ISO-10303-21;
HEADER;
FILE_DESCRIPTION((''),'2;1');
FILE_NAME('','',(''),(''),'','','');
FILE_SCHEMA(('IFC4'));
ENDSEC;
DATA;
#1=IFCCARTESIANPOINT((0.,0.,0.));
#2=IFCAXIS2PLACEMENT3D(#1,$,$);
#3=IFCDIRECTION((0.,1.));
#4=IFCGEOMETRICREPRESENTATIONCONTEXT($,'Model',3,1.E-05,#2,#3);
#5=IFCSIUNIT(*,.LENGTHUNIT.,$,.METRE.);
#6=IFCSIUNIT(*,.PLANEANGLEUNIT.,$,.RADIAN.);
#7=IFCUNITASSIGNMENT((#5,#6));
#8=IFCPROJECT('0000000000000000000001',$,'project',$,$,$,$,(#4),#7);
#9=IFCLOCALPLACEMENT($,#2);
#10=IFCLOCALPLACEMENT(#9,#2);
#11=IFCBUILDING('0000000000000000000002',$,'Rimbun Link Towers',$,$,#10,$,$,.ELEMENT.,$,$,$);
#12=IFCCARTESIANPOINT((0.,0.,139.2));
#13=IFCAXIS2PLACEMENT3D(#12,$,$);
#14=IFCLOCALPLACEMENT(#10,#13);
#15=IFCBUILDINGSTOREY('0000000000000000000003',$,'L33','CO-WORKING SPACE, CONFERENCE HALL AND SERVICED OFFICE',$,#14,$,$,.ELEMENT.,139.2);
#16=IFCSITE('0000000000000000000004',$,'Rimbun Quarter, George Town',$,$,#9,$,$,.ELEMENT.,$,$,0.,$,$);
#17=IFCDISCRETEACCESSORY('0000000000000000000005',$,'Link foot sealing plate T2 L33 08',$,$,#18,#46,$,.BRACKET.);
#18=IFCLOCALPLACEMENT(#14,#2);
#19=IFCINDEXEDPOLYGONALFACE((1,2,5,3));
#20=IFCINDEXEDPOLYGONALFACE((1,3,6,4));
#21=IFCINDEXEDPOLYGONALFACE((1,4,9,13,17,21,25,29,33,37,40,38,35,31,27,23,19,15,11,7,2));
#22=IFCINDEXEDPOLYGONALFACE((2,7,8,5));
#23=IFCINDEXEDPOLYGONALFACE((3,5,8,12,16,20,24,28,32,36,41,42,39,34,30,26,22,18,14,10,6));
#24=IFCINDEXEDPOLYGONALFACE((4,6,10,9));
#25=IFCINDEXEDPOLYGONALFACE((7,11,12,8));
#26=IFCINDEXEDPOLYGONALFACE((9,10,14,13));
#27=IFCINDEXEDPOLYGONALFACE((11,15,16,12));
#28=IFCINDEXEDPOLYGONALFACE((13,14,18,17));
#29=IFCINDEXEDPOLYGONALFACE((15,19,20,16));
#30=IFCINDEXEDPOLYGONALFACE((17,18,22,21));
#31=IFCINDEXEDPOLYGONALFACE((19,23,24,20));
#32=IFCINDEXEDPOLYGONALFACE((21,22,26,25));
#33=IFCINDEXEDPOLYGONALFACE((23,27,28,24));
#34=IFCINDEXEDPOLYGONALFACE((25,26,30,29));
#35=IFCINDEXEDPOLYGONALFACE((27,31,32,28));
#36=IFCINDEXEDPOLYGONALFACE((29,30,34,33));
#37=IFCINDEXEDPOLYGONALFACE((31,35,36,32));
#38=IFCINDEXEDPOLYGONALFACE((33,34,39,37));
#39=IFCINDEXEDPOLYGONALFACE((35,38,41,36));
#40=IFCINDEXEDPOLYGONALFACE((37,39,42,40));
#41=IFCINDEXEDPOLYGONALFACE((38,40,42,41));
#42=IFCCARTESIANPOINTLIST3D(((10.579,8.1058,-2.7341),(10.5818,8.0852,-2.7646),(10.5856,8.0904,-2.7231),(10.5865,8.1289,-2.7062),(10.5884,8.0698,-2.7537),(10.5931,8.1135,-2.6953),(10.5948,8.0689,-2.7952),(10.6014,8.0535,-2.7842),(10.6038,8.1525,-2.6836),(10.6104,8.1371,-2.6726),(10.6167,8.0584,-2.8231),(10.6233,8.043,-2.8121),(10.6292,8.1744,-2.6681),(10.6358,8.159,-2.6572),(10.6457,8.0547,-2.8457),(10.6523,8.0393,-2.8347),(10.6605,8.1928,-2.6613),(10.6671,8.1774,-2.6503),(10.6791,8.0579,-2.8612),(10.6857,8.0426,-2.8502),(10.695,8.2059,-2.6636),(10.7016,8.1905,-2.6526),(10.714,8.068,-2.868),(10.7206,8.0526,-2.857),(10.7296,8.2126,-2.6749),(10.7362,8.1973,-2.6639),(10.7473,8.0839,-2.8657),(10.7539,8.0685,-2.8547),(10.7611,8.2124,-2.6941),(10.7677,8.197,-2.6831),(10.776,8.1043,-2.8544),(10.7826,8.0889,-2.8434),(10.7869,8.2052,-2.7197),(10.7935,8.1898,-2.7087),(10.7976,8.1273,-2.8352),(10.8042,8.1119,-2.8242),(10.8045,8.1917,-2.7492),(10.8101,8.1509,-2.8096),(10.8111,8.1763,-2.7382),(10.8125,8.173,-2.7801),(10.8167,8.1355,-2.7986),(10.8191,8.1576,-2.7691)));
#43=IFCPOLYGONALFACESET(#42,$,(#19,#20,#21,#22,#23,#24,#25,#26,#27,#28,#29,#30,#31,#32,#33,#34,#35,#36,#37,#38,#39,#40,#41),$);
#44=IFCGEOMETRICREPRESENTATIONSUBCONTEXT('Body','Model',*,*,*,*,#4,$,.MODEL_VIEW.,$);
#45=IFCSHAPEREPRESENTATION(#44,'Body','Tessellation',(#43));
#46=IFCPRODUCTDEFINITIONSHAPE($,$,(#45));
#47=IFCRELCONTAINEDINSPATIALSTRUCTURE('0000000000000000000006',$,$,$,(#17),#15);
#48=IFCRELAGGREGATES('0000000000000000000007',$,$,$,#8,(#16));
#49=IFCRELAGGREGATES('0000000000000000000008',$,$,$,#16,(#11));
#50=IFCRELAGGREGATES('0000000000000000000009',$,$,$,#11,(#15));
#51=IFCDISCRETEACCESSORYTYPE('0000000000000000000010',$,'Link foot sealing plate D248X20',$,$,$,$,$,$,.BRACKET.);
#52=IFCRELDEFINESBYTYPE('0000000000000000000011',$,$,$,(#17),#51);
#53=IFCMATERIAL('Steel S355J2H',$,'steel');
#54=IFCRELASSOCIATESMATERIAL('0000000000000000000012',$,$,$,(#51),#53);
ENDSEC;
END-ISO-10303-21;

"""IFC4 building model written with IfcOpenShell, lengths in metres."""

from ifc_helpers import new_model, si_unit, direction, frame, origin, origin_2d, place, context, subcontext, project, spatial, circle, extrude, material, material_profile, profile_set, type_object, element, save


model = new_model("IFC4")

# Units and contexts
model_context = context("Model", 3, precision=1e-05, world=origin(), true_north=direction((0.0, 1.0)))
body_context = subcontext(model_context, "Body", "Model", "MODEL_VIEW")
ifc_project = project(units=[si_unit("LENGTHUNIT", "METRE"), si_unit("PLANEANGLEUNIT", "RADIAN")], contexts=[model_context])

# Site, building, storey
site_placement = place(None, origin())
site = spatial("IfcSite", under=ifc_project, at=site_placement, Name="Rimbun Quarter, George Town", CompositionType="ELEMENT", RefElevation=0.0)
building_placement = place(site_placement, origin())
building = spatial("IfcBuilding", under=site, at=building_placement, Name="Rimbun Link Towers", CompositionType="ELEMENT")
storey_placement = place(building_placement, frame((0.0, 0.0, 139.2)))
storey = spatial("IfcBuildingStorey", under=building, at=storey_placement, Name="L33", Description="CO-WORKING SPACE, CONFERENCE HALL AND SERVICED OFFICE", CompositionType="ELEMENT", Elevation=139.2)

# Discrete accessory
ifc_material_1 = material(Name="Steel S355J2H", Category="steel")
ifc_material_profile_1 = material_profile(ifc_material_1, circle(Radius=0.124, at=origin_2d()), Name="PL D248")
ifc_profile_set_1 = profile_set([ifc_material_profile_1], Name="Steel S355J2H")
discrete_accessory_type = type_object("IfcDiscreteAccessoryType", Name="Link foot sealing plate D248X20", PredefinedType="BRACKET", material=ifc_profile_set_1)
discrete_accessory_placement = place(storey_placement, frame((10.7024, 8.1187, -2.7537), z_axis=(-0.329293, 0.76835, -0.548821), x_axis=(-0.919145, -0.393919, 0.0)))
element("IfcDiscreteAccessory", 1, at=discrete_accessory_placement, inside=storey, type_object=discrete_accessory_type, Name="Link foot sealing plate T2 L33 08", PredefinedType="BRACKET", context=body_context, shape_type="SweptSolid", body=[
    extrude(circle(Radius=0.124, at=origin_2d()), origin(), (0.0, 0.0, 1.0), 0.02),
])

save(model, "model.ifc")
